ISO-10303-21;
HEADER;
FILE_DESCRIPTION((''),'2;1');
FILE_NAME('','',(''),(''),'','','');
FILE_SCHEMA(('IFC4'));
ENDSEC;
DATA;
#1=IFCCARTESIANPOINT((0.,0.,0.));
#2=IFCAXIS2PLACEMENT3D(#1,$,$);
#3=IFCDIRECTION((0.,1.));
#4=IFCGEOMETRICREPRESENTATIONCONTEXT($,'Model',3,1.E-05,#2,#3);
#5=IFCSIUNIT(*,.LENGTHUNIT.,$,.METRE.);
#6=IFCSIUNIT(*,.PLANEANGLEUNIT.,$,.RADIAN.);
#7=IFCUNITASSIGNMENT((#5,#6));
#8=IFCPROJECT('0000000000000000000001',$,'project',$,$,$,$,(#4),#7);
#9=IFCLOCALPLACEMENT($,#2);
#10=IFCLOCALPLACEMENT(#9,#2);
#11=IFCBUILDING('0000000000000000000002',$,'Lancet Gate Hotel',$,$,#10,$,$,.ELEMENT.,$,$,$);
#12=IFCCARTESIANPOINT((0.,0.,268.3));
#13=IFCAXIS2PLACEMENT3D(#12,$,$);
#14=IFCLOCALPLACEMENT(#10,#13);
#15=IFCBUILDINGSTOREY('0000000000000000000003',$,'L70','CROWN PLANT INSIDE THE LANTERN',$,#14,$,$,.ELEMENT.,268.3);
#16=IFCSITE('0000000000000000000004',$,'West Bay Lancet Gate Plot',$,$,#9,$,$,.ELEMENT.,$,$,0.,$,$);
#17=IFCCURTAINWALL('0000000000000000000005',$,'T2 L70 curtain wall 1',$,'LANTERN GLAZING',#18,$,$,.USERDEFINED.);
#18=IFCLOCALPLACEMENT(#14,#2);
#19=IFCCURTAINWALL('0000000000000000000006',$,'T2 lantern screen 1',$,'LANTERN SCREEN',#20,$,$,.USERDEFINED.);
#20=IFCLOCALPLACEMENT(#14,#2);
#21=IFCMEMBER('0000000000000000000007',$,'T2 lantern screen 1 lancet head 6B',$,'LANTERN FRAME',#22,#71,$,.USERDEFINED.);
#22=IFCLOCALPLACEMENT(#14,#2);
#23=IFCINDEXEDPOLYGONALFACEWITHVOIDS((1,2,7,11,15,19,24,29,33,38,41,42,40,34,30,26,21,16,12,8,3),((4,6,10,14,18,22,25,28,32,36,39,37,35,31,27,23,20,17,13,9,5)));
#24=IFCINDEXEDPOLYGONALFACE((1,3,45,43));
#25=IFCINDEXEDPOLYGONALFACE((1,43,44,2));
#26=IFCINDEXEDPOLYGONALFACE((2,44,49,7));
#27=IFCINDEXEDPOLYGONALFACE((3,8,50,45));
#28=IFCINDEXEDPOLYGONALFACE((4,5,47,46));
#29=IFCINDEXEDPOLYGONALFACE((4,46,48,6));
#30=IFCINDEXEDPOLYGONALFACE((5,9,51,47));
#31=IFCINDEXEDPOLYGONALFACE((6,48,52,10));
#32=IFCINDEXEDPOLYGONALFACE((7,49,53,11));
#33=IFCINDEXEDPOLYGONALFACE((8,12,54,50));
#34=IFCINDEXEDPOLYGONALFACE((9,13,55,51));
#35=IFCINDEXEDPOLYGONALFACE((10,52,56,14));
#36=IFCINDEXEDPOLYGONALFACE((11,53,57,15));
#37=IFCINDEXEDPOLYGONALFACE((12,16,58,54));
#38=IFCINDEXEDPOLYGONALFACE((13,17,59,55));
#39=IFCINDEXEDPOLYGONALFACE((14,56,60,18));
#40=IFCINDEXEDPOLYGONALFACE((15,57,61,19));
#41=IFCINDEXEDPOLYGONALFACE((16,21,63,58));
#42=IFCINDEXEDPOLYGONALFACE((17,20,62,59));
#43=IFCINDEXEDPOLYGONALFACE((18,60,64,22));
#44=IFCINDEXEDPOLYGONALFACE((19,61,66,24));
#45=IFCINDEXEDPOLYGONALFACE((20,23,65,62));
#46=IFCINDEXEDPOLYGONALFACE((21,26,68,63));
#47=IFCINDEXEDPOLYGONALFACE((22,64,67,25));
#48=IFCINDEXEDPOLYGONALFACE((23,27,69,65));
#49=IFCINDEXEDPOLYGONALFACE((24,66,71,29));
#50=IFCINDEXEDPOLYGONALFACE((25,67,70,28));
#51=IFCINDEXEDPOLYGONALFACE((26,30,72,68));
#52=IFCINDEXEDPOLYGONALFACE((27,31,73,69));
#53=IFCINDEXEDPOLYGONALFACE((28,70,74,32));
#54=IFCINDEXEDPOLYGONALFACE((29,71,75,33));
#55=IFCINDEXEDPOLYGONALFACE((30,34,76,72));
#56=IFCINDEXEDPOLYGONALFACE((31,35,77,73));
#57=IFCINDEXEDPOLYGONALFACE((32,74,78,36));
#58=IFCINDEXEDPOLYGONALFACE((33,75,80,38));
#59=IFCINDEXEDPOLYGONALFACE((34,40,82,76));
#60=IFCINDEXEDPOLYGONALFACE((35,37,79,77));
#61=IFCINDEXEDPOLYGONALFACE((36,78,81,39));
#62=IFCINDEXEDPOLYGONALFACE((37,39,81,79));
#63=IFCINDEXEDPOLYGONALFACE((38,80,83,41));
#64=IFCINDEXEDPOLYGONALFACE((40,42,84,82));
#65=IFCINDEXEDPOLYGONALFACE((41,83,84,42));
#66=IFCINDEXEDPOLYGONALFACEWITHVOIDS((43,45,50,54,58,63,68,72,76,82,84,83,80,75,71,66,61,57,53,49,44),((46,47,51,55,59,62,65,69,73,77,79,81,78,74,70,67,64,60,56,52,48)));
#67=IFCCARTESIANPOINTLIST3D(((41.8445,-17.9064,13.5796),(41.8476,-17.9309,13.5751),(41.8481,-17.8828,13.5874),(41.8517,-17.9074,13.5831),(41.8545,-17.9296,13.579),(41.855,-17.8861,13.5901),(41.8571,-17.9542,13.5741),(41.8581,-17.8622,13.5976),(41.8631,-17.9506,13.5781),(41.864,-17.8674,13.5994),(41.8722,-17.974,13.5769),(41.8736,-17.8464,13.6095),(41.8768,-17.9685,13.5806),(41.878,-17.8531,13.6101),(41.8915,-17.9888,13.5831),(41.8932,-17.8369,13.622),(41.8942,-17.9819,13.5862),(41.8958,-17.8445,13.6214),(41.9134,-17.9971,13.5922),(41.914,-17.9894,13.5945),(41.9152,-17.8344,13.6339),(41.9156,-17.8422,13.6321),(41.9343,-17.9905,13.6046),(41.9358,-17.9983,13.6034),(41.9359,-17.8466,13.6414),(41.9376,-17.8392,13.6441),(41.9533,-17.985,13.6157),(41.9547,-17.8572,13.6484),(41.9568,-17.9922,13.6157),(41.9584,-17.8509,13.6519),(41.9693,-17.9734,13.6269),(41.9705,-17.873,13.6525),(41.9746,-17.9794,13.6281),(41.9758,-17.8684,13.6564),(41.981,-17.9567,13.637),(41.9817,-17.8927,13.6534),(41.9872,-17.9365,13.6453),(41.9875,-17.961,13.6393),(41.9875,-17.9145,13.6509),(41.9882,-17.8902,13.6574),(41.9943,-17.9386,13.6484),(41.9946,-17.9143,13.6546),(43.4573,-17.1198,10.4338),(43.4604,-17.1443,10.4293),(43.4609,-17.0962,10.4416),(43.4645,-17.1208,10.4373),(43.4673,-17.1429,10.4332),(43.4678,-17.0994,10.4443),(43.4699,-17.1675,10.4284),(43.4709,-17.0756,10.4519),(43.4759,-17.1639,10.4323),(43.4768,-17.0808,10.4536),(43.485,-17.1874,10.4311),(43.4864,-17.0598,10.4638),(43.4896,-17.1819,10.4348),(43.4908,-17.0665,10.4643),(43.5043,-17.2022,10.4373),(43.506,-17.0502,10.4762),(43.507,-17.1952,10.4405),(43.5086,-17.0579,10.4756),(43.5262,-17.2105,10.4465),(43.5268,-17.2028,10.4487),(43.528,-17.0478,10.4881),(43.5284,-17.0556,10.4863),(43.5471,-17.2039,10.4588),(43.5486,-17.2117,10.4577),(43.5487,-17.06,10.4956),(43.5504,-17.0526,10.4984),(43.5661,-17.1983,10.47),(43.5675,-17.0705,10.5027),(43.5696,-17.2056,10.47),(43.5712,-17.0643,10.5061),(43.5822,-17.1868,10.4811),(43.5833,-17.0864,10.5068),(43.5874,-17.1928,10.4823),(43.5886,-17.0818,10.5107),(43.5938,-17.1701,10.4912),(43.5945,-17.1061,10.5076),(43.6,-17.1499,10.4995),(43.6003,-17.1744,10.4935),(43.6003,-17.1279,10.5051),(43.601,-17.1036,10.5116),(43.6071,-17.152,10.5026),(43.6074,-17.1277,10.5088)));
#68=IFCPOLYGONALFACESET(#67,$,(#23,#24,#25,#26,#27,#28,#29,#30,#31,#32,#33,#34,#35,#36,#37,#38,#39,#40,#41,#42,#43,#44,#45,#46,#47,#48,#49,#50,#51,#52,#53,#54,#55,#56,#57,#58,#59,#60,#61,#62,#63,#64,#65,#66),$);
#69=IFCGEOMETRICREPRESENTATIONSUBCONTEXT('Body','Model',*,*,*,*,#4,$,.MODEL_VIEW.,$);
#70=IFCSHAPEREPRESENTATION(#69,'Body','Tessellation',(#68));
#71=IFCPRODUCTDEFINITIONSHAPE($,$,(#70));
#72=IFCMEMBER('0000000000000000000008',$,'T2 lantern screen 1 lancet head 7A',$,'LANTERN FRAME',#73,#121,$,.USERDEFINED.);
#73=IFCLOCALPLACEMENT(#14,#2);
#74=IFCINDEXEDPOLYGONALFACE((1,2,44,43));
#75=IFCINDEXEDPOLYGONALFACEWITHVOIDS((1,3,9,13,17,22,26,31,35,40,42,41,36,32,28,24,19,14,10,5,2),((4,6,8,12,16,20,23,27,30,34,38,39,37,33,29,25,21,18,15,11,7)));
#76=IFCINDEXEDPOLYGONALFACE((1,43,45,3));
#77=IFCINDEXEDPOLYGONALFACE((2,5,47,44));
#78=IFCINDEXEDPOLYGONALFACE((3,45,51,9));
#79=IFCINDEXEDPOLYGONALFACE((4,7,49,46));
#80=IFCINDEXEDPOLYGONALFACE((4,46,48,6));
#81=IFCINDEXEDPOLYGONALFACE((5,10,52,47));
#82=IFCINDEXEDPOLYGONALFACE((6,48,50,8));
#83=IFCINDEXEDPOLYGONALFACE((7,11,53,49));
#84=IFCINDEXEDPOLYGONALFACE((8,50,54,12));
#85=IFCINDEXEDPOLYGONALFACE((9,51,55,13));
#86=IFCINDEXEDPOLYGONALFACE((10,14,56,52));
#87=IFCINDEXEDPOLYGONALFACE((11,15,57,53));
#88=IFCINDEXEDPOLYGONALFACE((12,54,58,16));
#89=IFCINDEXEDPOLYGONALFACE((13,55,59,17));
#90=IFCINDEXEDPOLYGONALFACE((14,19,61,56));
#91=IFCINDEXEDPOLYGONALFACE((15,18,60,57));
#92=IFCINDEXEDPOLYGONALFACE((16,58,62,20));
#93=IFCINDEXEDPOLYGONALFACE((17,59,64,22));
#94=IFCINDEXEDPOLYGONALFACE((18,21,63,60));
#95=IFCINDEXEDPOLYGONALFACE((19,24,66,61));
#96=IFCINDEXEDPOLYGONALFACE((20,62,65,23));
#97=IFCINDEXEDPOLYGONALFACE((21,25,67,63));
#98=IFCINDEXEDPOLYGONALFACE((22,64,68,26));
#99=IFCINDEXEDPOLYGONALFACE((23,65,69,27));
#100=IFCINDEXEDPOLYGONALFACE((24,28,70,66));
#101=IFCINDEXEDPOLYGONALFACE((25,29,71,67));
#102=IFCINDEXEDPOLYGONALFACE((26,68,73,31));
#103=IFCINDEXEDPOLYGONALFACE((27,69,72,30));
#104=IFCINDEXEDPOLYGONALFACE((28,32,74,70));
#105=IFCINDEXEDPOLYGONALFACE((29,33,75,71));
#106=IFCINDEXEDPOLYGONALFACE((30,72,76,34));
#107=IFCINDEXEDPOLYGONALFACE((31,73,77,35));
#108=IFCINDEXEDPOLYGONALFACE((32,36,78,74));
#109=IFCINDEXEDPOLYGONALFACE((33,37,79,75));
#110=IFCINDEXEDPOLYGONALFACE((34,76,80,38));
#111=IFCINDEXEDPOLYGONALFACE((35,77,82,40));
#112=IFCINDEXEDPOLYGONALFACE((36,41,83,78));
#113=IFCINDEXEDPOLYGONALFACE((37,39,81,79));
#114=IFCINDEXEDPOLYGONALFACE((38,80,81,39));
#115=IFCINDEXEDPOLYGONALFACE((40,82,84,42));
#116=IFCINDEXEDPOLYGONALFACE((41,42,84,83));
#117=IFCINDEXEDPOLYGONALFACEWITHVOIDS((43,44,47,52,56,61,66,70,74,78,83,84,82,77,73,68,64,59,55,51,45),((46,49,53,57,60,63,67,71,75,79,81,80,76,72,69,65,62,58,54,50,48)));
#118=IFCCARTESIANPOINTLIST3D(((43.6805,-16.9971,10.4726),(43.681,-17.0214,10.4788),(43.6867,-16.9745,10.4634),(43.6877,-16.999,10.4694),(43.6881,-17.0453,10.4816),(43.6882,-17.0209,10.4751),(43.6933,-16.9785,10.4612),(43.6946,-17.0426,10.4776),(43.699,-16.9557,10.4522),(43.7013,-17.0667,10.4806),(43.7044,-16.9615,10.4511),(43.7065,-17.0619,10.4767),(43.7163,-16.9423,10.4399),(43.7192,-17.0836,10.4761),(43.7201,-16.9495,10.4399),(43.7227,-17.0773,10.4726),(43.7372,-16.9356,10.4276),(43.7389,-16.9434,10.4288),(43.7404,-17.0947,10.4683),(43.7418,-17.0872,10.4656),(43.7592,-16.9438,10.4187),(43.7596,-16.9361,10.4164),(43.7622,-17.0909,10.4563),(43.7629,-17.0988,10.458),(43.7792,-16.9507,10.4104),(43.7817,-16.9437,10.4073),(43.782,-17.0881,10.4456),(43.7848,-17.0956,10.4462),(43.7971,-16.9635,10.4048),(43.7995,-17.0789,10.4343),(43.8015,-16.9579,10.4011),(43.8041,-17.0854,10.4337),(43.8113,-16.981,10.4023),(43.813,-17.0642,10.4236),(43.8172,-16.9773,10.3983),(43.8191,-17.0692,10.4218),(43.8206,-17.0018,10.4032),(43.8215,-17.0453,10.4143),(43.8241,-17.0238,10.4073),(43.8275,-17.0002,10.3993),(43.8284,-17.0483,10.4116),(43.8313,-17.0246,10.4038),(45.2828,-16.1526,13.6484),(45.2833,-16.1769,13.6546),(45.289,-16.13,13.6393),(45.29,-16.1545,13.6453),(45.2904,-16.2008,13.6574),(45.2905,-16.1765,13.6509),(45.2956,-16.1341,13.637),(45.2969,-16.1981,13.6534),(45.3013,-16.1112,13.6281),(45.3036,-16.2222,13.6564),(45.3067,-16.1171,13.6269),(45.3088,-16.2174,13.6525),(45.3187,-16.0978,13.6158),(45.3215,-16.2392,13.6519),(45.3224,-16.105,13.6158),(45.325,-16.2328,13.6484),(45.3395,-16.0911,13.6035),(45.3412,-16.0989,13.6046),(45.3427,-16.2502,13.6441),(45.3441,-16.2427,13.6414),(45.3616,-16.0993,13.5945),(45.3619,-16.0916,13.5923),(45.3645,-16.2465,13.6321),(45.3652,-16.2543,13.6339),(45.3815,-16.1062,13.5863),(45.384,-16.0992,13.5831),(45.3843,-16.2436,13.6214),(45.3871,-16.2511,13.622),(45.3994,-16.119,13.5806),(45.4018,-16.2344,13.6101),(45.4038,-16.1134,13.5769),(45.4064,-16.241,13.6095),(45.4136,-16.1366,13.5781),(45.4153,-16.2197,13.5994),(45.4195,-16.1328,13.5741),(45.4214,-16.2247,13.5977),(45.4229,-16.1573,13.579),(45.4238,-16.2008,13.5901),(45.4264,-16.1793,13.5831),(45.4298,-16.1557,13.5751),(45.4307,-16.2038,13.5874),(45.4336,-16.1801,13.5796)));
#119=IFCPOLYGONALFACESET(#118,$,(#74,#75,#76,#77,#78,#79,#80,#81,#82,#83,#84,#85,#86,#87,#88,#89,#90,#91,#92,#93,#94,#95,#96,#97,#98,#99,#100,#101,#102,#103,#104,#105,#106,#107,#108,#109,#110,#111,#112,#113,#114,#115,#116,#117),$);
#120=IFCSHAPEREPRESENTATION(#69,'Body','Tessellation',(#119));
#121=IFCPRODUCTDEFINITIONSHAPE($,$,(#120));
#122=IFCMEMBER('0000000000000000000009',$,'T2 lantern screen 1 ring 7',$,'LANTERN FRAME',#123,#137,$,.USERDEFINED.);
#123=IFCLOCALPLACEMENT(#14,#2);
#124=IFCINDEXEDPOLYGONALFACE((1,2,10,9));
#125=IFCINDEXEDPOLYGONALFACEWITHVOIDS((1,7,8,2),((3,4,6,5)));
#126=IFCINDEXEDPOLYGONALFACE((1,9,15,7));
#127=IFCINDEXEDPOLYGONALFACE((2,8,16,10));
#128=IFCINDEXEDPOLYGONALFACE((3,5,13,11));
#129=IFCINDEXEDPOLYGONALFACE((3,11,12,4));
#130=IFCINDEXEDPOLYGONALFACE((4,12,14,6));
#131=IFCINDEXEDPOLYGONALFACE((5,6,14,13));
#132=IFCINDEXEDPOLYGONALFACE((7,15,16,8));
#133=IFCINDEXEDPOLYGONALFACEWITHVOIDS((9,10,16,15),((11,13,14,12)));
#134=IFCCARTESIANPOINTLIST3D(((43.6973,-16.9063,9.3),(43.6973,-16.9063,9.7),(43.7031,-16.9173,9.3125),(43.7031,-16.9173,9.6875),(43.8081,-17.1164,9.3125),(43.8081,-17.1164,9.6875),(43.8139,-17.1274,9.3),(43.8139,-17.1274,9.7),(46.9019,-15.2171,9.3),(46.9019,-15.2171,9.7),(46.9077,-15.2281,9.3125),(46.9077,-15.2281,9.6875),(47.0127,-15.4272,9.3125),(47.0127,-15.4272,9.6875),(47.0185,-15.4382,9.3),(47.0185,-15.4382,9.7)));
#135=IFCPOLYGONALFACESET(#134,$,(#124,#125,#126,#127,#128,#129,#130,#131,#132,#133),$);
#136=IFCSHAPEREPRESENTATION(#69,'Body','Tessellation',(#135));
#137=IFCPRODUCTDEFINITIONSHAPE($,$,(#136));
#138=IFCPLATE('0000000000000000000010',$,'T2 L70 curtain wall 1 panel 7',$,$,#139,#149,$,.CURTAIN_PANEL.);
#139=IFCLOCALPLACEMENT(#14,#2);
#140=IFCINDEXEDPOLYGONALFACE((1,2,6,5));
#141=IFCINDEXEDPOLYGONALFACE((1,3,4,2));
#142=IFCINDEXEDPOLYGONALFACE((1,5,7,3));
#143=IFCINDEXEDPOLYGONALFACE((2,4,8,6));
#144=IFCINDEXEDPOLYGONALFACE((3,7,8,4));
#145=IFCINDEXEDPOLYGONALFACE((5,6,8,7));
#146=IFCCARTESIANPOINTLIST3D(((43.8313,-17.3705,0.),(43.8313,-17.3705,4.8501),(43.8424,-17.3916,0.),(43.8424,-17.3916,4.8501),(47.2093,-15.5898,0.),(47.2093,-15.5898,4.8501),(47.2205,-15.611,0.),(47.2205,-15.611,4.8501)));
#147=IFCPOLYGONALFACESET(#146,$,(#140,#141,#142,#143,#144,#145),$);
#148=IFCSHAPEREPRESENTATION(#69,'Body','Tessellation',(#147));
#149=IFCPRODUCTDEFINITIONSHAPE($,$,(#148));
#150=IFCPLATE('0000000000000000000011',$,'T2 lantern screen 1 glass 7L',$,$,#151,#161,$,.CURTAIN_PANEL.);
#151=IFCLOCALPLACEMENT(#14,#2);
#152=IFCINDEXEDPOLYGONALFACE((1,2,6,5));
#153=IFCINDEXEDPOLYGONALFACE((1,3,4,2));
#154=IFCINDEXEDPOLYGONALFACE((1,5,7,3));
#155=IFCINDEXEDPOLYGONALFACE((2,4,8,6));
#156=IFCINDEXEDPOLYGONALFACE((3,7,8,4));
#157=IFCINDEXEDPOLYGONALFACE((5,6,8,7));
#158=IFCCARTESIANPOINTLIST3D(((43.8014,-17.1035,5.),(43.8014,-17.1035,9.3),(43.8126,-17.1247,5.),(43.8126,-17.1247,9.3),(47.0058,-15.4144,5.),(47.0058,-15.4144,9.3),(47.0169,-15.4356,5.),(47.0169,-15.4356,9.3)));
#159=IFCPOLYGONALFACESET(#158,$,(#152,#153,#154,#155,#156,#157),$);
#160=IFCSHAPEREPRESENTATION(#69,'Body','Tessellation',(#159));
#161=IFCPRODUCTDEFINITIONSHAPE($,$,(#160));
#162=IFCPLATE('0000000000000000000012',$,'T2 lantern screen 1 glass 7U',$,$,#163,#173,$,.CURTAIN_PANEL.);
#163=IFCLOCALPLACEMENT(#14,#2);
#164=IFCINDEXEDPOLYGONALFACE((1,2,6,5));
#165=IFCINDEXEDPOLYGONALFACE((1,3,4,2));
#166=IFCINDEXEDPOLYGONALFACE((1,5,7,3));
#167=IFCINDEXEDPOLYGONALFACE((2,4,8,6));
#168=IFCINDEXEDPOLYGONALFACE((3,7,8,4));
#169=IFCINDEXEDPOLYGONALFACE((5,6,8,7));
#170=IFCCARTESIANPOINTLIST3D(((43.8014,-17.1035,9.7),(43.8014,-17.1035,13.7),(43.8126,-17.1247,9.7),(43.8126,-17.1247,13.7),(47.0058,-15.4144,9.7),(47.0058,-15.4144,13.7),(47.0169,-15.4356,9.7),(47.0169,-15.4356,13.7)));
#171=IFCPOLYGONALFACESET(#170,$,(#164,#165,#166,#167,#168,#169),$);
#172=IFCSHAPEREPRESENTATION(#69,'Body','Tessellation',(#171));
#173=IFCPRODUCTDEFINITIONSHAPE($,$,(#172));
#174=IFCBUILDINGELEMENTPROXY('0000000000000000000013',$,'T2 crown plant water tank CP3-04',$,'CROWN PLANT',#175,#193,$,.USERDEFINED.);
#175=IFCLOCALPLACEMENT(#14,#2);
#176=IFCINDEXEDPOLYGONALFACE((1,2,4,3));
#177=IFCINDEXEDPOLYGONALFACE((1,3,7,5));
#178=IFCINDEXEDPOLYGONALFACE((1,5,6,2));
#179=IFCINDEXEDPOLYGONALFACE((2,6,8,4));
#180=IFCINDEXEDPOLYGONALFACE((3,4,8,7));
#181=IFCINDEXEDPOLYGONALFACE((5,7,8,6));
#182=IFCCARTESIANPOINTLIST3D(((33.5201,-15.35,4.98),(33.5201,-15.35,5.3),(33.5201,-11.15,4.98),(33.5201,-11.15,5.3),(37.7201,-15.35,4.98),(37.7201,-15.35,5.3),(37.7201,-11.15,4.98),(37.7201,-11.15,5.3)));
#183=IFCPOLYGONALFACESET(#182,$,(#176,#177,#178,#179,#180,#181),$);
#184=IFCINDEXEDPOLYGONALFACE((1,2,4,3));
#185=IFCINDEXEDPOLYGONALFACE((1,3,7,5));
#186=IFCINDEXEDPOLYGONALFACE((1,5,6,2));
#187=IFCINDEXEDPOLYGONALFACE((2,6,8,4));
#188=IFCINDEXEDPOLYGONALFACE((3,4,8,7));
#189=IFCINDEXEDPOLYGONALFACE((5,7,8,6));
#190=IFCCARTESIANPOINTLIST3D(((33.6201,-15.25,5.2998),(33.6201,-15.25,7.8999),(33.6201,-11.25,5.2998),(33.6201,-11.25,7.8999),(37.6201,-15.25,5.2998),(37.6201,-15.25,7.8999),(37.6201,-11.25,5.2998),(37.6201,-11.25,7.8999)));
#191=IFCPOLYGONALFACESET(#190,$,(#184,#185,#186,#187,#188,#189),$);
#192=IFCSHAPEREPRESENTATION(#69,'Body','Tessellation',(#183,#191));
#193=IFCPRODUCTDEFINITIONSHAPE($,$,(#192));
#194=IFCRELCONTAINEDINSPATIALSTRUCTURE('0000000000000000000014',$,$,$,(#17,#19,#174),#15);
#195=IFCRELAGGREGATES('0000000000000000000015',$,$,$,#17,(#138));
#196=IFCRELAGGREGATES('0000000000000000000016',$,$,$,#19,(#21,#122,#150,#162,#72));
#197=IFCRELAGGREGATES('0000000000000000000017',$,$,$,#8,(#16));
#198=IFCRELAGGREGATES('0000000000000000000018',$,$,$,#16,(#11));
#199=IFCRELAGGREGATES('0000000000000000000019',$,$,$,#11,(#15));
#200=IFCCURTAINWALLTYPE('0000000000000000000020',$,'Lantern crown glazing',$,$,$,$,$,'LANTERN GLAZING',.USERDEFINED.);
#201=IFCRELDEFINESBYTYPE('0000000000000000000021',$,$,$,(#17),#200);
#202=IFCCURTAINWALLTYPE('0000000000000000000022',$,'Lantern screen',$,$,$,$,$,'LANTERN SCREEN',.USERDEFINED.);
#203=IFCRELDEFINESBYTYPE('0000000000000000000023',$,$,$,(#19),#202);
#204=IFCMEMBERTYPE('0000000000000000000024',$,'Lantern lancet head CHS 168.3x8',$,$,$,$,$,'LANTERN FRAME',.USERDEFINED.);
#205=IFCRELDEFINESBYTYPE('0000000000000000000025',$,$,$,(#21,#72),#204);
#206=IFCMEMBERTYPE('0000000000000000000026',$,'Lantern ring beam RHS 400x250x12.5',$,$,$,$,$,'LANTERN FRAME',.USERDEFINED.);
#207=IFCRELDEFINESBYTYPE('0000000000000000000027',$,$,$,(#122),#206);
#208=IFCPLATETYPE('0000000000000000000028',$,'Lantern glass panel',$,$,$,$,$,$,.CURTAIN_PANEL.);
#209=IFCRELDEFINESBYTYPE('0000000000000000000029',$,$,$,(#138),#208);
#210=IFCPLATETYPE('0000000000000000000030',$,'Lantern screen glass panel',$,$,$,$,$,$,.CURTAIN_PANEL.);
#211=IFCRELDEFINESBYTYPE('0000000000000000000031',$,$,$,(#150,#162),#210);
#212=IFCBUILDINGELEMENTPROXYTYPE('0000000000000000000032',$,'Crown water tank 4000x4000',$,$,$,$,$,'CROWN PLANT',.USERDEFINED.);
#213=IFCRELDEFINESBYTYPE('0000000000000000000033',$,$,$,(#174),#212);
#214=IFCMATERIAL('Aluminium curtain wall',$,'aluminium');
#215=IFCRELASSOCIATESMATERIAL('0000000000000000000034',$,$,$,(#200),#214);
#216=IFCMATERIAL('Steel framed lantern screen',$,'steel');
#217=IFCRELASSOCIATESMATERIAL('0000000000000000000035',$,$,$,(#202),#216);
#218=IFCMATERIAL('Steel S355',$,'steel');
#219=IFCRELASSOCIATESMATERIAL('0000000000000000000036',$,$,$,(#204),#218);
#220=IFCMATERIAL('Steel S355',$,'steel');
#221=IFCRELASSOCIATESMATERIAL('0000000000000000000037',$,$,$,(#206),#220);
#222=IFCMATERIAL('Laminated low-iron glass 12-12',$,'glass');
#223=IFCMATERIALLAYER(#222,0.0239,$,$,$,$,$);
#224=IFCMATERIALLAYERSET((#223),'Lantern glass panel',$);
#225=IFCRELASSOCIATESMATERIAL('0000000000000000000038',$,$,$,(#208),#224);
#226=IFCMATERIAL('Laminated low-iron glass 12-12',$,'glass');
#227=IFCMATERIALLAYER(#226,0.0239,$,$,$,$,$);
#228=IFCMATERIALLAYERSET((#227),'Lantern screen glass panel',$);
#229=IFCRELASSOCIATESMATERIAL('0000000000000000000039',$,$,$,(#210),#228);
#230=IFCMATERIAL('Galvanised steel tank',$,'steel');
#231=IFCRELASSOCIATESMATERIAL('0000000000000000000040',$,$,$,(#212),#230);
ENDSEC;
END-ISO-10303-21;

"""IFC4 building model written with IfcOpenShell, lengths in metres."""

from ifc_helpers import new_model, si_unit, direction, frame, origin, origin_2d, place, context, subcontext, project, spatial, rectangle, hollow_rectangle, hollow_circle, extrude, material, layer, layer_set, material_profile, profile_set, type_object, element, aggregate, save


model = new_model("IFC4")

# Units and contexts
model_context = context("Model", 3, precision=1e-05, world=origin(), true_north=direction((0.0, 1.0)))
body_context = subcontext(model_context, "Body", "Model", "MODEL_VIEW")
ifc_project = project(units=[si_unit("LENGTHUNIT", "METRE"), si_unit("PLANEANGLEUNIT", "RADIAN")], contexts=[model_context])

# Site, building, storey
site_placement = place(None, origin())
site = spatial("IfcSite", under=ifc_project, at=site_placement, Name="West Bay Lancet Gate Plot", CompositionType="ELEMENT", RefElevation=0.0)
building_placement = place(site_placement, origin())
building = spatial("IfcBuilding", under=site, at=building_placement, Name="Lancet Gate Hotel", CompositionType="ELEMENT")
storey_placement = place(building_placement, frame((0.0, 0.0, 268.3)))
storey = spatial("IfcBuildingStorey", under=building, at=storey_placement, Name="L70", Description="CROWN PLANT INSIDE THE LANTERN", CompositionType="ELEMENT", Elevation=268.3)

# Curtain wall
ifc_material_1 = material(Name="Aluminium curtain wall", Category="aluminium")
curtain_wall_type_1 = type_object("IfcCurtainWallType", Name="Lantern crown glazing", ElementType="LANTERN GLAZING", PredefinedType="USERDEFINED", material=ifc_material_1)
curtain_wall_1_placement = place(storey_placement, origin())
curtain_wall_1 = element("IfcCurtainWall", 1, at=curtain_wall_1_placement, inside=storey, type_object=curtain_wall_type_1, Name="T2 L70 curtain wall 1", ObjectType="LANTERN GLAZING", PredefinedType="USERDEFINED")

# Curtain wall, members
ifc_material_2 = material(Name="Steel framed lantern screen", Category="steel")
curtain_wall_type_2 = type_object("IfcCurtainWallType", Name="Lantern screen", ElementType="LANTERN SCREEN", PredefinedType="USERDEFINED", material=ifc_material_2)
curtain_wall_2_placement = place(storey_placement, origin())
curtain_wall_2 = element("IfcCurtainWall", 2, at=curtain_wall_2_placement, inside=storey, type_object=curtain_wall_type_2, Name="T2 lantern screen 1", ObjectType="LANTERN SCREEN", PredefinedType="USERDEFINED")
ifc_material_3 = material(Name="Steel S355", Category="steel")
ifc_material_profile_1 = material_profile(ifc_material_3, hollow_circle(Radius=0.0842, WallThickness=0.0081, at=origin_2d()), Name="CHS 168.3x8.0")
ifc_profile_set_1 = profile_set([ifc_material_profile_1], Name="Steel S355")
member_type_1 = type_object("IfcMemberType", Name="Lantern lancet head CHS 168.3x8", ElementType="LANTERN FRAME", PredefinedType="USERDEFINED", material=ifc_profile_set_1)
member_1_placement = place(storey_placement, frame((43.5327, -17.1299, 10.47), z_axis=(-0.445332, -0.217206, 0.86862), x_axis=(0.438375, -0.898792, 0.0)))
member_1 = element("IfcMember", 3, at=member_1_placement, type_object=member_type_1, Name="T2 lantern screen 1 lancet head 6B", ObjectType="LANTERN FRAME", PredefinedType="USERDEFINED", context=body_context, shape_type="SweptSolid", body=[
    extrude(hollow_circle(Radius=0.0842, WallThickness=0.0081, at=origin_2d()), origin(), (0.0, 0.0, 1.0), 3.6216),
])
member_2_placement = place(storey_placement, frame((43.7556, -17.0168, 10.4399), z_axis=(0.438269, 0.230988, 0.868657), x_axis=(-0.466252, 0.884652, 0.0)))
member_2 = element("IfcMember", 4, at=member_2_placement, type_object=member_type_1, Name="T2 lantern screen 1 lancet head 7A", ObjectType="LANTERN FRAME", PredefinedType="USERDEFINED", context=body_context, shape_type="SweptSolid", body=[
    extrude(hollow_circle(Radius=0.0842, WallThickness=0.0081, at=origin_2d()), origin(), (0.0, 0.0, 1.0), 3.656),
])
ifc_material_4 = material(Name="Steel S355", Category="steel")
ifc_material_profile_2 = material_profile(ifc_material_4, hollow_rectangle(XDim=0.25, YDim=0.3999, WallThickness=0.0125, at=origin_2d()), Name="RHS 400x250x12.5")
ifc_profile_set_2 = profile_set([ifc_material_profile_2], Name="Steel S355")
member_type_2 = type_object("IfcMemberType", Name="Lantern ring beam RHS 400x250x12.5", ElementType="LANTERN FRAME", PredefinedType="USERDEFINED", material=ifc_profile_set_2)
member_3_placement = place(storey_placement, frame((43.7556, -17.0168, 9.5), z_axis=(0.884624, 0.466305, 0.0), x_axis=(-0.466305, 0.884624, 0.0)))
member_3 = element("IfcMember", 5, at=member_3_placement, type_object=member_type_2, Name="T2 lantern screen 1 ring 7", ObjectType="LANTERN FRAME", PredefinedType="USERDEFINED", context=body_context, shape_type="SweptSolid", body=[
    extrude(hollow_rectangle(XDim=0.25, YDim=0.3999, WallThickness=0.0125, at=origin_2d()), origin(), (0.0, 0.0, 1.0), 3.6226),
])

# Plates
ifc_material_5 = material(Name="Laminated low-iron glass 12-12", Category="glass")
ifc_layer_1 = layer(ifc_material_5, 0.0239)
ifc_layer_set_1 = layer_set([ifc_layer_1], Name="Lantern glass panel")
plate_type_1 = type_object("IfcPlateType", Name="Lantern glass panel", PredefinedType="CURTAIN_PANEL", material=ifc_layer_set_1)
plate_1_placement = place(storey_placement, frame((45.5259, -16.4907, 0.0), z_axis=(0.0, 0.0, 1.0), x_axis=(0.884623, 0.466307, 0.0)))
plate_1 = element("IfcPlate", 6, at=plate_1_placement, type_object=plate_type_1, Name="T2 L70 curtain wall 1 panel 7", PredefinedType="CURTAIN_PANEL", context=body_context, shape_type="SweptSolid", body=[
    extrude(rectangle(XDim=3.8186, YDim=0.0239, at=origin_2d()), origin(), (0.0, 0.0, 1.0), 4.8501),
])
aggregate(curtain_wall_1, [plate_1])
ifc_material_6 = material(Name="Laminated low-iron glass 12-12", Category="glass")
ifc_layer_2 = layer(ifc_material_6, 0.0239)
ifc_layer_set_2 = layer_set([ifc_layer_2], Name="Lantern screen glass panel")
plate_type_2 = type_object("IfcPlateType", Name="Lantern screen glass panel", PredefinedType="CURTAIN_PANEL", material=ifc_layer_set_2)
plate_2_placement = place(storey_placement, frame((45.4092, -16.2695, 5.0), z_axis=(0.0, 0.0, 1.0), x_axis=(0.884623, 0.466307, 0.0)))
plate_2 = element("IfcPlate", 7, at=plate_2_placement, type_object=plate_type_2, Name="T2 lantern screen 1 glass 7L", PredefinedType="CURTAIN_PANEL", context=body_context, shape_type="SweptSolid", body=[
    extrude(rectangle(XDim=3.6223, YDim=0.0239, at=origin_2d()), origin(), (0.0, 0.0, 1.0), 4.3),
])
plate_3_placement = place(storey_placement, frame((45.4092, -16.2695, 9.7), z_axis=(0.0, 0.0, 1.0), x_axis=(0.884623, 0.466307, 0.0)))
plate_3 = element("IfcPlate", 8, at=plate_3_placement, type_object=plate_type_2, Name="T2 lantern screen 1 glass 7U", PredefinedType="CURTAIN_PANEL", context=body_context, shape_type="SweptSolid", body=[
    extrude(rectangle(XDim=3.6223, YDim=0.0239, at=origin_2d()), origin(), (0.0, 0.0, 1.0), 4.0),
])
aggregate(curtain_wall_2, [member_1, member_3, plate_2, plate_3, member_2])

# Building element proxy
ifc_material_7 = material(Name="Galvanised steel tank", Category="steel")
building_element_proxy_type = type_object("IfcBuildingElementProxyType", Name="Crown water tank 4000x4000", ElementType="CROWN PLANT", PredefinedType="USERDEFINED", material=ifc_material_7)
proxy_placement = place(storey_placement, frame((35.6201, -13.25, 4.98), z_axis=(0.0, 0.0, 1.0), x_axis=(1.0, 0.0, 0.0)))
element("IfcBuildingElementProxy", 9, at=proxy_placement, inside=storey, type_object=building_element_proxy_type, Name="T2 crown plant water tank CP3-04", ObjectType="CROWN PLANT", PredefinedType="USERDEFINED", context=body_context, shape_type="SweptSolid", body=[
    extrude(rectangle(XDim=4.2, YDim=4.2, at=origin_2d()), frame((0.0, 0.0, 0.0), z_axis=(0.0, 0.0, 1.0), x_axis=(0.0, 1.0, 0.0)), (0.0, 0.0, 1.0), 0.3201),
    extrude(rectangle(XDim=4.0, YDim=4.0, at=origin_2d()), frame((0.0, 0.0, 0.3198), z_axis=(0.0, 0.0, 1.0), x_axis=(0.0, 1.0, 0.0)), (0.0, 0.0, 1.0), 2.6001),
])

save(model, "model.ifc")
